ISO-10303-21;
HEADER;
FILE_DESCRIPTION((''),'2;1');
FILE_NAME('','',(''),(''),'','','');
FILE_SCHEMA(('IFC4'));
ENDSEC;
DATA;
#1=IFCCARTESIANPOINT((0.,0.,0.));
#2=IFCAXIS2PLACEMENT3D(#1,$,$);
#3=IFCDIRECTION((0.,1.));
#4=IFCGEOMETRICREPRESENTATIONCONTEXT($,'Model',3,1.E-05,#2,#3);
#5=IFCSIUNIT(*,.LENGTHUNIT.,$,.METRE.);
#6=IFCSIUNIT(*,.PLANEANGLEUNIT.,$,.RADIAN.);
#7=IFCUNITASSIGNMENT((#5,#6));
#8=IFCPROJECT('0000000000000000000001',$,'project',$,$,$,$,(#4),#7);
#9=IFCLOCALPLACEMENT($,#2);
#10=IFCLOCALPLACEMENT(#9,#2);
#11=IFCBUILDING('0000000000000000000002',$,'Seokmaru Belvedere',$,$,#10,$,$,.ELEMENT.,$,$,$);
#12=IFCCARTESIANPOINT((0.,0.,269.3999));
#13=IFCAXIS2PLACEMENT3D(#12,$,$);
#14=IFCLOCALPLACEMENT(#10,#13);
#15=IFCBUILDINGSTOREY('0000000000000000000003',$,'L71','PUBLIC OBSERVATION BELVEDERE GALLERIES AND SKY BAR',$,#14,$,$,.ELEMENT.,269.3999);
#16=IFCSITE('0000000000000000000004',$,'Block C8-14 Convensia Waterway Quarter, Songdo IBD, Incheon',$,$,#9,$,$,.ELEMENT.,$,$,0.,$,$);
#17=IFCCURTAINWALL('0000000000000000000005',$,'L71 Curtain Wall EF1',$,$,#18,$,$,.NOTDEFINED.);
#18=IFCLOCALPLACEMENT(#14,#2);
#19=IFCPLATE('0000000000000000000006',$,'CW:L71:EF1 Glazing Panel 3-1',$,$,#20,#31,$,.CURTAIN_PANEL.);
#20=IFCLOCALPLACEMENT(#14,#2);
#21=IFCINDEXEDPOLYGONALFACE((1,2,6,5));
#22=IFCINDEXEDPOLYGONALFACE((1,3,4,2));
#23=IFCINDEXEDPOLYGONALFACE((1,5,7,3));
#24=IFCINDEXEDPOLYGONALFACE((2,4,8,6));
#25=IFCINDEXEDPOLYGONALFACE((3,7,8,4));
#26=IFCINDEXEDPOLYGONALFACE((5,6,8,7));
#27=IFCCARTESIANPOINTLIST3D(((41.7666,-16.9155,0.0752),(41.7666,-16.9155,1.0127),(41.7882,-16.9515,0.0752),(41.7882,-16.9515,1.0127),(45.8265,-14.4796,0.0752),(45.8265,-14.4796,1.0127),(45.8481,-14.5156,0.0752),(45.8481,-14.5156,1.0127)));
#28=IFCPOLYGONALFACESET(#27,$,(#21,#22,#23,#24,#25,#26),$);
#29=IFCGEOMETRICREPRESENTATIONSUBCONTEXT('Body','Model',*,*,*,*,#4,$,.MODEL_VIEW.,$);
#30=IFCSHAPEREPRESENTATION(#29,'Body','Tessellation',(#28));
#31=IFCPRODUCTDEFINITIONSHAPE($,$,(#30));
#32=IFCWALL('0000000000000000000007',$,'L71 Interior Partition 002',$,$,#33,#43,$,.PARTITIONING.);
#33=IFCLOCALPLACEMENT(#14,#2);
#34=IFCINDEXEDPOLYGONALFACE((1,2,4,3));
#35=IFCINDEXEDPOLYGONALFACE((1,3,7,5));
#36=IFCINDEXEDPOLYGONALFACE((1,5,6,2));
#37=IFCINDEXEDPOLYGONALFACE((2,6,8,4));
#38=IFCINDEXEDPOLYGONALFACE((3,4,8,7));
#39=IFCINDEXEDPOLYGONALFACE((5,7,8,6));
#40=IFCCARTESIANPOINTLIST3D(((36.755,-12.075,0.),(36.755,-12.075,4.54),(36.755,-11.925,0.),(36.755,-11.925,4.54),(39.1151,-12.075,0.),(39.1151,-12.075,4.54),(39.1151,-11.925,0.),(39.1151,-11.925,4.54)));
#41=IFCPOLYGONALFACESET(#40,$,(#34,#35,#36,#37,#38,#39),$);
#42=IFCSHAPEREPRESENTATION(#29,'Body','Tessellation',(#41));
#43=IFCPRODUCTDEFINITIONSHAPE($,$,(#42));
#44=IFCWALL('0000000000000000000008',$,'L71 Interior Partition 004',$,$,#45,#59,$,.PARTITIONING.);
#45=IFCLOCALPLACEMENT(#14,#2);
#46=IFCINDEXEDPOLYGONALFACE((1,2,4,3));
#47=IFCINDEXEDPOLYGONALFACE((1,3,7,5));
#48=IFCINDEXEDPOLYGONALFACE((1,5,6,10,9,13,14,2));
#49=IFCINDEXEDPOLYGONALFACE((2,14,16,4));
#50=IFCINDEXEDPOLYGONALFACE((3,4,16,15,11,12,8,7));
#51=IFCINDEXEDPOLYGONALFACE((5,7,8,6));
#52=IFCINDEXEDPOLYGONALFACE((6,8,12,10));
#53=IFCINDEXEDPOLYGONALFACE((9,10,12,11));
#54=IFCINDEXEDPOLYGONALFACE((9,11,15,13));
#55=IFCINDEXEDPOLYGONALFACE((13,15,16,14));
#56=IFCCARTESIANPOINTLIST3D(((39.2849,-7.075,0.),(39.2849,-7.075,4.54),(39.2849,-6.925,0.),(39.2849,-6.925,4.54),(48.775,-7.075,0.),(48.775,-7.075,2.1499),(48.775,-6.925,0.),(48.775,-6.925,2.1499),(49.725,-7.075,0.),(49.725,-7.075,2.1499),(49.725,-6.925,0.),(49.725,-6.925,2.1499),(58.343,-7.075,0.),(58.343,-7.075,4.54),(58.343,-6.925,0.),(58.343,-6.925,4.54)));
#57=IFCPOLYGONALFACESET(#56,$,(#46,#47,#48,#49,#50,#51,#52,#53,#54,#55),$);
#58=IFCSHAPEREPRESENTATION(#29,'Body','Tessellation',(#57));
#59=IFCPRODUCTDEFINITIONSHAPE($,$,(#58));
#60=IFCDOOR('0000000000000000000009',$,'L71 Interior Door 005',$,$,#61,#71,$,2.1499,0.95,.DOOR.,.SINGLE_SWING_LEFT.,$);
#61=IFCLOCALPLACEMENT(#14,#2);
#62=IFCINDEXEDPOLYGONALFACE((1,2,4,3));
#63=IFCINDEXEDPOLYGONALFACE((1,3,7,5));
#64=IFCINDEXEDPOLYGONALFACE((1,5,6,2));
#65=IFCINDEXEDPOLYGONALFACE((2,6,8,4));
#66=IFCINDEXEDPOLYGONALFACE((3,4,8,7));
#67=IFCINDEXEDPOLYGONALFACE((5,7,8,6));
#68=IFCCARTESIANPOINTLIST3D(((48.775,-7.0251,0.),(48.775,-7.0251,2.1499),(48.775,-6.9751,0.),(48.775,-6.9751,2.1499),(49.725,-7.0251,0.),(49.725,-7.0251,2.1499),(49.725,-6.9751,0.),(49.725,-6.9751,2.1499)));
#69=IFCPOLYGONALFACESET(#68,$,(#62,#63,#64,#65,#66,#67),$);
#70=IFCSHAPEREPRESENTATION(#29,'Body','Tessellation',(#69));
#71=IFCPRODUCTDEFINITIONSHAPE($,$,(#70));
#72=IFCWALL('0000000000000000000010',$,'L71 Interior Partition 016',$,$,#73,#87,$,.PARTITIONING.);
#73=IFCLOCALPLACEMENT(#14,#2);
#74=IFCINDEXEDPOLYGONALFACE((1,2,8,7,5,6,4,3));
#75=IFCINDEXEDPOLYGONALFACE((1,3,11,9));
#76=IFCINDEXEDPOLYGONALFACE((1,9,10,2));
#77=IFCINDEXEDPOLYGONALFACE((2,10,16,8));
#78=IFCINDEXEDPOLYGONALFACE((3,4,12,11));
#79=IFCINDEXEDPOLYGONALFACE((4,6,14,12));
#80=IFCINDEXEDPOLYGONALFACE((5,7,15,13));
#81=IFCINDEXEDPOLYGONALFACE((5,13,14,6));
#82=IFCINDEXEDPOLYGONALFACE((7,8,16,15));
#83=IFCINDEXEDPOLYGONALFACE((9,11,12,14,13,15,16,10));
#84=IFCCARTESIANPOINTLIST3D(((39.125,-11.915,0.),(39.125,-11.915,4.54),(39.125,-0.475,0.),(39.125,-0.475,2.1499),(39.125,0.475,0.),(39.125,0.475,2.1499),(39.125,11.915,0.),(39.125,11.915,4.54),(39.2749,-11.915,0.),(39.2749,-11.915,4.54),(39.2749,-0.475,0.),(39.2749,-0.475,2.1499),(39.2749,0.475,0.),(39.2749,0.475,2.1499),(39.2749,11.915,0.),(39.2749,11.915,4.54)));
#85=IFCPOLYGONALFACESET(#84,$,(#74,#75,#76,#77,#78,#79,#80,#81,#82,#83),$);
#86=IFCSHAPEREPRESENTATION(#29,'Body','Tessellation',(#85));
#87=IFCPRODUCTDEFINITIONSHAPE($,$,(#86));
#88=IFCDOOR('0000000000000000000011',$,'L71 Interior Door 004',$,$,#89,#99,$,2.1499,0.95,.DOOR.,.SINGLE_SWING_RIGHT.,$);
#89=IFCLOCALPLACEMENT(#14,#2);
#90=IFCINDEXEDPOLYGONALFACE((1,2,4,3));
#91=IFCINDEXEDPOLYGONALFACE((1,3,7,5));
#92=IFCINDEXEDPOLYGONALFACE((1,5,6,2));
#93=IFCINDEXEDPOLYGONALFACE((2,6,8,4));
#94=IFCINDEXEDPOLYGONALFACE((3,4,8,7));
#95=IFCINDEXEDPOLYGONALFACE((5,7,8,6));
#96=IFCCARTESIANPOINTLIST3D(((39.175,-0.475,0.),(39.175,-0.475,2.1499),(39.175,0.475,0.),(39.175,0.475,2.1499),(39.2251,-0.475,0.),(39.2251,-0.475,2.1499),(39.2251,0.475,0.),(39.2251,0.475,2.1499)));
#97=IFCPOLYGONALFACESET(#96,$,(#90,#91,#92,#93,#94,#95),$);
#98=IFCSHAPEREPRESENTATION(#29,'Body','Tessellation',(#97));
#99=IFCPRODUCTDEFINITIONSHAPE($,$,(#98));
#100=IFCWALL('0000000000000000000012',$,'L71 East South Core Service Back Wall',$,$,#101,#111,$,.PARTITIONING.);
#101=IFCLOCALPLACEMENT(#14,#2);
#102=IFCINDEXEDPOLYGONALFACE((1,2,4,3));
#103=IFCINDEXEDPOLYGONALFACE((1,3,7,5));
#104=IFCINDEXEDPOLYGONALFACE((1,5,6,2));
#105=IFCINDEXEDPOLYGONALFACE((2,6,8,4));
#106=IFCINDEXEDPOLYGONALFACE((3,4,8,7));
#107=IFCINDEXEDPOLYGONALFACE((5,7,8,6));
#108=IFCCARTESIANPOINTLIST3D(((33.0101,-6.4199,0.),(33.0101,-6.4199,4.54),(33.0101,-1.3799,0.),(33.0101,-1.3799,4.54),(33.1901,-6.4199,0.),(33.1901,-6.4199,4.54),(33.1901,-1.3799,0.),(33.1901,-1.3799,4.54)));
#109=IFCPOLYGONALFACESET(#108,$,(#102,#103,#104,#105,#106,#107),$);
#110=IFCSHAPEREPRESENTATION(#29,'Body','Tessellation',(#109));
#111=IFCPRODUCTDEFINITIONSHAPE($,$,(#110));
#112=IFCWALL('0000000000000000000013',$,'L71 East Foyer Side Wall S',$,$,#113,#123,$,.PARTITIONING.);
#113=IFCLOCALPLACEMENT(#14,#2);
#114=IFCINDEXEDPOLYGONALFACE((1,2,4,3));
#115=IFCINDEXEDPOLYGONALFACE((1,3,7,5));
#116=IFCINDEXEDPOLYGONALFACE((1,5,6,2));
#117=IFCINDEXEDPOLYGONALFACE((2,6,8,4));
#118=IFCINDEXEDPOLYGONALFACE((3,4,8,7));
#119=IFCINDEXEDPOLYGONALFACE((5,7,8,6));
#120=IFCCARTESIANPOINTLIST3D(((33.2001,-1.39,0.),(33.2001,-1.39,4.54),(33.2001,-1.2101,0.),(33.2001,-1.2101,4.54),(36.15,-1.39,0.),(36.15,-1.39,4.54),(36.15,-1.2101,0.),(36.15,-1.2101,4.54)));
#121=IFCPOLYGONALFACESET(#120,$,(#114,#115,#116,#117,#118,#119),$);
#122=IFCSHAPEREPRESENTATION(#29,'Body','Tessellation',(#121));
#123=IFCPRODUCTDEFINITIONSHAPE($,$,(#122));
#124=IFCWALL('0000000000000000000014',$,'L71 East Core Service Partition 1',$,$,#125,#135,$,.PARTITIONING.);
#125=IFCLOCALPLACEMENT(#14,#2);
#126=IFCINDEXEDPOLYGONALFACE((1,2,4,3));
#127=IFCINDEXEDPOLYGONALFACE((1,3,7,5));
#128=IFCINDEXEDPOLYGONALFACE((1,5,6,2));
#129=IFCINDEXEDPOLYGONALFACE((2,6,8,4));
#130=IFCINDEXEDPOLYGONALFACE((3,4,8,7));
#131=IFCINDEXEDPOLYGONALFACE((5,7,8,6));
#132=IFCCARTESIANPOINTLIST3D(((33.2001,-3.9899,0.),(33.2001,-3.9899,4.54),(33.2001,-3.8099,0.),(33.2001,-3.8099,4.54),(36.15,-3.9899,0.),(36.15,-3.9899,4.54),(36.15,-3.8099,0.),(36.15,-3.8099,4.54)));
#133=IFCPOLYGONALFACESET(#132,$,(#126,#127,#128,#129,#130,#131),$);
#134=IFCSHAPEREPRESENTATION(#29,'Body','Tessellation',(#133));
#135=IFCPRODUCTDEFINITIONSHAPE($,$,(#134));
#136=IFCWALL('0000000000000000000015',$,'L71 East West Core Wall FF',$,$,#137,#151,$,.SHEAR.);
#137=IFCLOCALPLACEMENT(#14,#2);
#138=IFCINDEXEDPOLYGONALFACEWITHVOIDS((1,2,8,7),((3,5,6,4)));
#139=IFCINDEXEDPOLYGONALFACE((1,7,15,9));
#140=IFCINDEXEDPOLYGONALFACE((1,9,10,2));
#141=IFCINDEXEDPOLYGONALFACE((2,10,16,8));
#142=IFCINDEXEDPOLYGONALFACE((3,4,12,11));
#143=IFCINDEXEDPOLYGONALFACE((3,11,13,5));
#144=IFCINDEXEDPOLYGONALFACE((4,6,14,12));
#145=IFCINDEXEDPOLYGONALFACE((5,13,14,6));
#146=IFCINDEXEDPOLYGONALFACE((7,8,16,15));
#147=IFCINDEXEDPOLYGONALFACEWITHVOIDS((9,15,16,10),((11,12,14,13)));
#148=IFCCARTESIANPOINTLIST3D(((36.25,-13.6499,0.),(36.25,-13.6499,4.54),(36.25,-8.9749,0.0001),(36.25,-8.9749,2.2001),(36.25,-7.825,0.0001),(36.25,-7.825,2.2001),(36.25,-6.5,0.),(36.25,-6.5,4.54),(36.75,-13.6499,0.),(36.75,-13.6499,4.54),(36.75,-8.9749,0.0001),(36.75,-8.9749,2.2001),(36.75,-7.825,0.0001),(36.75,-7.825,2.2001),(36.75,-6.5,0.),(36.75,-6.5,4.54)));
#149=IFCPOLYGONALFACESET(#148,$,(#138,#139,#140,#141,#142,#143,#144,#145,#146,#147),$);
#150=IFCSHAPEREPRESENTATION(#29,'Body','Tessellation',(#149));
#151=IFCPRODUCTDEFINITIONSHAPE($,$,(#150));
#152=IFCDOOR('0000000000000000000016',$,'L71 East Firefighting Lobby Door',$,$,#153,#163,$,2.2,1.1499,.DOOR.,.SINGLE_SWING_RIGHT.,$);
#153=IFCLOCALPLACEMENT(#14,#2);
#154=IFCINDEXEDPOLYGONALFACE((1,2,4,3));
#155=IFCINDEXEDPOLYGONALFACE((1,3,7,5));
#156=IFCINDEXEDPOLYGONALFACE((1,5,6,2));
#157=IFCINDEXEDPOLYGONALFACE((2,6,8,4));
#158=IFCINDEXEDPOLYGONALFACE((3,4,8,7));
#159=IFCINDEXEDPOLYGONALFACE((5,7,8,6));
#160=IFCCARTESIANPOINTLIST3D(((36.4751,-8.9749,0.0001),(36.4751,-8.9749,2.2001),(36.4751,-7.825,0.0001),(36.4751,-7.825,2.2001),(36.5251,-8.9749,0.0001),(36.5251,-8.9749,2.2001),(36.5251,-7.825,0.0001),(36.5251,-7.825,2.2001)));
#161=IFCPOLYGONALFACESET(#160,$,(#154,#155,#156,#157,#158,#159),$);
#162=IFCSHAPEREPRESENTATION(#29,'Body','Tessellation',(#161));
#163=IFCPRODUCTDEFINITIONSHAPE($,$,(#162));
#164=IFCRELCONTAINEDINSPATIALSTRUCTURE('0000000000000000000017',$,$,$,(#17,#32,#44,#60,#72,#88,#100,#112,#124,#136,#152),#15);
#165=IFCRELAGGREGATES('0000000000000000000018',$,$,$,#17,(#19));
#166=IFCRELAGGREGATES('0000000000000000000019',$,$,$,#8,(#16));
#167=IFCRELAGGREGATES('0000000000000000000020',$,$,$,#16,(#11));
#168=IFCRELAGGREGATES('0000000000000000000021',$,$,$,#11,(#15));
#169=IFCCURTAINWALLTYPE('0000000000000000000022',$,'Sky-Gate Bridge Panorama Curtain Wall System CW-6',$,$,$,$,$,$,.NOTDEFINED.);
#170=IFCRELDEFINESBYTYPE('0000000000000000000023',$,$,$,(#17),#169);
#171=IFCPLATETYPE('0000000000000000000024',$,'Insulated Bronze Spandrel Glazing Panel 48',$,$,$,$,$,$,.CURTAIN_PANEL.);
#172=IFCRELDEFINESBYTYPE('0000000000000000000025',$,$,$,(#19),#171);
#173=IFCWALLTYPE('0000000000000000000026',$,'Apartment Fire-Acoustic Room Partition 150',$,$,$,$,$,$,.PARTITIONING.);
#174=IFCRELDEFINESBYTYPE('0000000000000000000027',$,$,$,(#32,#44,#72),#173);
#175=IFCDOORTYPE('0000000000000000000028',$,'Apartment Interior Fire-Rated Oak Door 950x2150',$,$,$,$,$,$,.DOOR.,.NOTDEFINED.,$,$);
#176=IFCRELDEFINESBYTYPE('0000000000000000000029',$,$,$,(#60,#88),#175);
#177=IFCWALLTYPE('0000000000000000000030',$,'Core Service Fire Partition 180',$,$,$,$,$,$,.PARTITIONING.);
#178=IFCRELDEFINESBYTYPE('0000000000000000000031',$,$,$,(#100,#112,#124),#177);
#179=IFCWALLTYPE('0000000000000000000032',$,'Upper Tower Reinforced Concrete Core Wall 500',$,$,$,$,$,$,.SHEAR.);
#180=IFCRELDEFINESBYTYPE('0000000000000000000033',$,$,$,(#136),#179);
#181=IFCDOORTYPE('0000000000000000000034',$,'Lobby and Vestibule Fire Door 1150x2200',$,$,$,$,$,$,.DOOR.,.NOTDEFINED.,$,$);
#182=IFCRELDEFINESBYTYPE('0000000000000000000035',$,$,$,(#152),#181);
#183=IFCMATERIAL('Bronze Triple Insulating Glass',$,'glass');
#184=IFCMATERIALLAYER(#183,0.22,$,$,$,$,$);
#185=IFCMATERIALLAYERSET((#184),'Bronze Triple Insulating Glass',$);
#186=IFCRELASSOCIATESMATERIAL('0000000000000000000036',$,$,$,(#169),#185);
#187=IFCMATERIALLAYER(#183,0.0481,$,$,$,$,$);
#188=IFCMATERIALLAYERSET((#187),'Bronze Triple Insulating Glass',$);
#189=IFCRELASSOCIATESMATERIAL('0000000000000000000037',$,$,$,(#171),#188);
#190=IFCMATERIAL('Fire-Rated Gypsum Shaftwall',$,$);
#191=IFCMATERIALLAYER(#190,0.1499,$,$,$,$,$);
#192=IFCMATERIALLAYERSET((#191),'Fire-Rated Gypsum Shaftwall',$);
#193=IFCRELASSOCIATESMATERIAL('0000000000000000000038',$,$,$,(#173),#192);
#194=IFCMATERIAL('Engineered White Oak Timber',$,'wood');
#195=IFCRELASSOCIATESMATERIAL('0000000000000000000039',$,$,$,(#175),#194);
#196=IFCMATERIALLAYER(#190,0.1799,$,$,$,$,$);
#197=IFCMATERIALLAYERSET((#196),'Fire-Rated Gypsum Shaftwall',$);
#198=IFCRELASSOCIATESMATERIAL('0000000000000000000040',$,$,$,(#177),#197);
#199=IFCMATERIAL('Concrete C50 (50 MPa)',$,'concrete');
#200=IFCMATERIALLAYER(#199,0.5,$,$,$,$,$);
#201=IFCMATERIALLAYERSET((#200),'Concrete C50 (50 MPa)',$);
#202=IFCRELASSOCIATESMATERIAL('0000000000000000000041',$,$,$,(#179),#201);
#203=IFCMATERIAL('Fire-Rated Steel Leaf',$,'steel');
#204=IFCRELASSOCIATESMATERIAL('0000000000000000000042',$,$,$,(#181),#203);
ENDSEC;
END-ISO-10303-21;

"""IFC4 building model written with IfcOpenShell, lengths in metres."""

from ifc_helpers import new_model, si_unit, direction, frame, frame_2d, origin, origin_2d, place, context, subcontext, project, spatial, rectangle, extrude, source, transform, mapped, material, layer, layer_set, type_object, type_shapes, element, fill, aggregate, save


model = new_model("IFC4")

# Units and contexts
model_context = context("Model", 3, precision=1e-05, world=origin(), true_north=direction((0.0, 1.0)))
body_context = subcontext(model_context, "Body", "Model", "MODEL_VIEW")
ifc_project = project(units=[si_unit("LENGTHUNIT", "METRE"), si_unit("PLANEANGLEUNIT", "RADIAN")], contexts=[model_context])

# Site, building, storey
site_placement = place(None, origin())
site = spatial("IfcSite", under=ifc_project, at=site_placement, Name="Block C8-14 Convensia Waterway Quarter, Songdo IBD, Incheon", CompositionType="ELEMENT", RefElevation=0.0)
building_placement = place(site_placement, origin())
building = spatial("IfcBuilding", under=site, at=building_placement, Name="Seokmaru Belvedere", CompositionType="ELEMENT")
storey_placement = place(building_placement, frame((0.0, 0.0, 269.3999)))
storey = spatial("IfcBuildingStorey", under=building, at=storey_placement, Name="L71", Description="PUBLIC OBSERVATION BELVEDERE GALLERIES AND SKY BAR", CompositionType="ELEMENT", Elevation=269.3999)

# Curtain wall, plate
ifc_material_1 = material(Name="Bronze Triple Insulating Glass", Category="glass")
ifc_layer_1 = layer(ifc_material_1, 0.22)
ifc_layer_set_1 = layer_set([ifc_layer_1], Name="Bronze Triple Insulating Glass")
curtain_wall_type = type_object("IfcCurtainWallType", Name="Sky-Gate Bridge Panorama Curtain Wall System CW-6", PredefinedType="NOTDEFINED", material=ifc_layer_set_1)
curtain_wall_placement = place(storey_placement, origin())
curtain_wall = element("IfcCurtainWall", 1, at=curtain_wall_placement, inside=storey, type_object=curtain_wall_type, Name="L71 Curtain Wall EF1", PredefinedType="NOTDEFINED")
ifc_layer_2 = layer(ifc_material_1, 0.0481)
ifc_layer_set_2 = layer_set([ifc_layer_2], Name="Bronze Triple Insulating Glass")
plate_type = type_object("IfcPlateType", Name="Insulated Bronze Spandrel Glazing Panel 48", PredefinedType="CURTAIN_PANEL", material=ifc_layer_set_2)
shared_shape_1 = source(origin(), body_context, "Body", "SweptSolid", [
    extrude(rectangle(XDim=4.7346, YDim=0.042, at=origin_2d()), origin(), (0.0, 0.0, 1.0), 0.9375),
])
type_shapes(plate_type, [shared_shape_1])
plate_placement = place(storey_placement, frame((43.8074, -15.7156, 0.0752), z_axis=(0.0, 0.0, 1.0), x_axis=(0.857493, 0.514495, 0.0)))
plate = element("IfcPlate", 2, at=plate_placement, type_object=plate_type, Name="CW:L71:EF1 Glazing Panel 3-1", PredefinedType="CURTAIN_PANEL", context=body_context, shape_type="MappedRepresentation", body=[
    mapped(shared_shape_1, transform((0.0, 0.0, 0.0), scale=1.0)),
])
aggregate(curtain_wall, [plate])

# Wall
ifc_material_2 = material(Name="Fire-Rated Gypsum Shaftwall")
ifc_layer_3 = layer(ifc_material_2, 0.1499)
ifc_layer_set_3 = layer_set([ifc_layer_3], Name="Fire-Rated Gypsum Shaftwall")
wall_type_1 = type_object("IfcWallType", Name="Apartment Fire-Acoustic Room Partition 150", PredefinedType="PARTITIONING", material=ifc_layer_set_3)
wall_1_placement = place(storey_placement, frame((36.7549, -12.0, 0.0), z_axis=(0.0, 0.0, 1.0), x_axis=(1.0, 0.0, 0.0)))
element("IfcWall", 3, at=wall_1_placement, inside=storey, type_object=wall_type_1, Name="L71 Interior Partition 002", PredefinedType="PARTITIONING", context=body_context, shape_type="SweptSolid", body=[
    extrude(rectangle(XDim=2.3601, YDim=0.1499, at=frame_2d((1.1802, 0.0))), origin(), (0.0, 0.0, 1.0), 4.54),
])

# Walls, openings, doors
wall_2_placement = place(storey_placement, frame((39.2849, -7.0, 0.0), z_axis=(0.0, 0.0, 1.0), x_axis=(1.0, 0.0, 0.0)))
wall_2 = element("IfcWall", 4, at=wall_2_placement, inside=storey, type_object=wall_type_1, Name="L71 Interior Partition 004", PredefinedType="PARTITIONING", context=body_context, shape_type="SweptSolid", body=[
    extrude(rectangle(XDim=19.0581, YDim=0.1499, at=frame_2d((9.5291, 0.0))), origin(), (0.0, 0.0, 1.0), 4.54),
])
opening_1_placement = place(wall_2_placement, frame((9.49, 0.0, 0.0)))
opening_1 = element("IfcOpeningElement", 5, at=opening_1_placement, cuts=wall_2, PredefinedType="OPENING", context=body_context, shape_type="SweptSolid", body=[
    extrude(rectangle(XDim=0.95, YDim=2.1499, at=frame_2d((0.4751, 1.075))), frame((0.0, 0.085, 0.0), z_axis=(0.0, -1.0, 0.0), x_axis=(1.0, 0.0, 0.0)), (0.0, 0.0, 1.0), 0.1699),
])
ifc_material_3 = material(Name="Engineered White Oak Timber", Category="wood")
door_type_1 = type_object("IfcDoorType", Name="Apartment Interior Fire-Rated Oak Door 950x2150", OperationType="NOTDEFINED", PredefinedType="DOOR", material=ifc_material_3)
shared_shape_2 = source(origin(), body_context, "Body", "SweptSolid", [
    extrude(rectangle(XDim=0.95, YDim=2.1499, at=frame_2d((0.4751, 1.075))), frame((0.0, 0.0249, 0.0), z_axis=(0.0, -1.0, 0.0), x_axis=(1.0, 0.0, 0.0)), (0.0, 0.0, 1.0), 0.05),
])
type_shapes(door_type_1, [shared_shape_2])
door_1_placement = place(opening_1_placement, origin())
door_1 = element("IfcDoor", 6, at=door_1_placement, inside=storey, type_object=door_type_1, Name="L71 Interior Door 005", OperationType="SINGLE_SWING_LEFT", OverallHeight=2.1499, OverallWidth=0.95, PredefinedType="DOOR", context=body_context, shape_type="MappedRepresentation", body=[
    mapped(shared_shape_2, transform((0.0, 0.0, 0.0), scale=1.0)),
])
fill(opening_1, door_1)
wall_3_placement = place(storey_placement, frame((39.2, -11.915, 0.0), z_axis=(0.0, 0.0, 1.0), x_axis=(0.0, 1.0, 0.0)))
wall_3 = element("IfcWall", 7, at=wall_3_placement, inside=storey, type_object=wall_type_1, Name="L71 Interior Partition 016", PredefinedType="PARTITIONING", context=body_context, shape_type="SweptSolid", body=[
    extrude(rectangle(XDim=23.8301, YDim=0.1499, at=frame_2d((11.915, 0.0))), origin(), (0.0, 0.0, 1.0), 4.54),
])
opening_2_placement = place(wall_3_placement, frame((11.4399, 0.0, 0.0)))
opening_2 = element("IfcOpeningElement", 8, at=opening_2_placement, cuts=wall_3, PredefinedType="OPENING", context=body_context, shape_type="SweptSolid", body=[
    extrude(rectangle(XDim=0.95, YDim=2.1499, at=frame_2d((0.4751, 1.075))), frame((0.0, 0.085, 0.0), z_axis=(0.0, -1.0, 0.0), x_axis=(1.0, 0.0, 0.0)), (0.0, 0.0, 1.0), 0.1699),
])
door_2_placement = place(opening_2_placement, origin())
door_2 = element("IfcDoor", 9, at=door_2_placement, inside=storey, type_object=door_type_1, Name="L71 Interior Door 004", OperationType="SINGLE_SWING_RIGHT", OverallHeight=2.1499, OverallWidth=0.95, PredefinedType="DOOR", context=body_context, shape_type="MappedRepresentation", body=[
    mapped(shared_shape_2, transform((0.0, 0.0, 0.0), scale=1.0)),
])
fill(opening_2, door_2)

# Walls
ifc_layer_4 = layer(ifc_material_2, 0.1799)
ifc_layer_set_4 = layer_set([ifc_layer_4], Name="Fire-Rated Gypsum Shaftwall")
wall_type_2 = type_object("IfcWallType", Name="Core Service Fire Partition 180", PredefinedType="PARTITIONING", material=ifc_layer_set_4)
wall_4_placement = place(storey_placement, frame((33.1001, -6.4199, 0.0), z_axis=(0.0, 0.0, 1.0), x_axis=(0.0, 1.0, 0.0)))
element("IfcWall", 10, at=wall_4_placement, inside=storey, type_object=wall_type_2, Name="L71 East South Core Service Back Wall", PredefinedType="PARTITIONING", context=body_context, shape_type="SweptSolid", body=[
    extrude(rectangle(XDim=5.04, YDim=0.1799, at=frame_2d((2.52, 0.0))), origin(), (0.0, 0.0, 1.0), 4.54),
])
for number, where, z_axis, x_axis, name in (
    (11, (33.2, -1.3, 0.0), (0.0, 0.0, 1.0), (1.0, 0.0, 0.0), "L71 East Foyer Side Wall S"),
    (12, (33.2, -3.8999, 0.0), (0.0, 0.0, 1.0), (1.0, 0.0, 0.0), "L71 East Core Service Partition 1"),
):
    element("IfcWall", number, at=place(storey_placement, frame(where, z_axis=z_axis, x_axis=x_axis)), inside=storey, type_object=wall_type_2, Name=name, PredefinedType="PARTITIONING", context=body_context, shape_type="SweptSolid", body=[
        extrude(rectangle(XDim=2.95, YDim=0.1799, at=frame_2d((1.4751, 0.0))), origin(), (0.0, 0.0, 1.0), 4.54),
    ])

# Wall, opening, door
ifc_material_4 = material(Name="Concrete C50 (50 MPa)", Category="concrete")
ifc_layer_5 = layer(ifc_material_4, 0.5)
ifc_layer_set_5 = layer_set([ifc_layer_5], Name="Concrete C50 (50 MPa)")
wall_type_3 = type_object("IfcWallType", Name="Upper Tower Reinforced Concrete Core Wall 500", PredefinedType="SHEAR", material=ifc_layer_set_5)
wall_5_placement = place(storey_placement, frame((36.5, -13.6499, 0.0), z_axis=(0.0, 0.0, 1.0), x_axis=(0.0, 1.0, 0.0)))
wall_5 = element("IfcWall", 13, at=wall_5_placement, inside=storey, type_object=wall_type_3, Name="L71 East West Core Wall FF", PredefinedType="SHEAR", context=body_context, shape_type="SweptSolid", body=[
    extrude(rectangle(XDim=7.1499, YDim=0.5, at=frame_2d((3.575, 0.0))), origin(), (0.0, 0.0, 1.0), 4.54),
])
opening_3_placement = place(wall_5_placement, frame((4.675, 0.0, 0.0)))
opening_3 = element("IfcOpeningElement", 14, at=opening_3_placement, cuts=wall_5, PredefinedType="OPENING", context=body_context, shape_type="SweptSolid", body=[
    extrude(rectangle(XDim=1.1499, YDim=2.2, at=frame_2d((0.575, 1.1001))), frame((0.0, 0.26, 0.0), z_axis=(0.0, -1.0, 0.0), x_axis=(1.0, 0.0, 0.0)), (0.0, 0.0, 1.0), 0.52),
])
ifc_material_5 = material(Name="Fire-Rated Steel Leaf", Category="steel")
door_type_2 = type_object("IfcDoorType", Name="Lobby and Vestibule Fire Door 1150x2200", OperationType="NOTDEFINED", PredefinedType="DOOR", material=ifc_material_5)
shared_shape_3 = source(origin(), body_context, "Body", "SweptSolid", [
    extrude(rectangle(XDim=1.1499, YDim=2.2, at=frame_2d((0.575, 1.1001))), frame((0.0, 0.0249, 0.0), z_axis=(0.0, -1.0, 0.0), x_axis=(1.0, 0.0, 0.0)), (0.0, 0.0, 1.0), 0.05),
])
type_shapes(door_type_2, [shared_shape_3])
door_3_placement = place(opening_3_placement, origin())
door_3 = element("IfcDoor", 15, at=door_3_placement, inside=storey, type_object=door_type_2, Name="L71 East Firefighting Lobby Door", OperationType="SINGLE_SWING_RIGHT", OverallHeight=2.2, OverallWidth=1.1499, PredefinedType="DOOR", context=body_context, shape_type="MappedRepresentation", body=[
    mapped(shared_shape_3, transform((0.0, 0.0, 0.0), scale=1.0)),
])
fill(opening_3, door_3)

save(model, "model.ifc")
